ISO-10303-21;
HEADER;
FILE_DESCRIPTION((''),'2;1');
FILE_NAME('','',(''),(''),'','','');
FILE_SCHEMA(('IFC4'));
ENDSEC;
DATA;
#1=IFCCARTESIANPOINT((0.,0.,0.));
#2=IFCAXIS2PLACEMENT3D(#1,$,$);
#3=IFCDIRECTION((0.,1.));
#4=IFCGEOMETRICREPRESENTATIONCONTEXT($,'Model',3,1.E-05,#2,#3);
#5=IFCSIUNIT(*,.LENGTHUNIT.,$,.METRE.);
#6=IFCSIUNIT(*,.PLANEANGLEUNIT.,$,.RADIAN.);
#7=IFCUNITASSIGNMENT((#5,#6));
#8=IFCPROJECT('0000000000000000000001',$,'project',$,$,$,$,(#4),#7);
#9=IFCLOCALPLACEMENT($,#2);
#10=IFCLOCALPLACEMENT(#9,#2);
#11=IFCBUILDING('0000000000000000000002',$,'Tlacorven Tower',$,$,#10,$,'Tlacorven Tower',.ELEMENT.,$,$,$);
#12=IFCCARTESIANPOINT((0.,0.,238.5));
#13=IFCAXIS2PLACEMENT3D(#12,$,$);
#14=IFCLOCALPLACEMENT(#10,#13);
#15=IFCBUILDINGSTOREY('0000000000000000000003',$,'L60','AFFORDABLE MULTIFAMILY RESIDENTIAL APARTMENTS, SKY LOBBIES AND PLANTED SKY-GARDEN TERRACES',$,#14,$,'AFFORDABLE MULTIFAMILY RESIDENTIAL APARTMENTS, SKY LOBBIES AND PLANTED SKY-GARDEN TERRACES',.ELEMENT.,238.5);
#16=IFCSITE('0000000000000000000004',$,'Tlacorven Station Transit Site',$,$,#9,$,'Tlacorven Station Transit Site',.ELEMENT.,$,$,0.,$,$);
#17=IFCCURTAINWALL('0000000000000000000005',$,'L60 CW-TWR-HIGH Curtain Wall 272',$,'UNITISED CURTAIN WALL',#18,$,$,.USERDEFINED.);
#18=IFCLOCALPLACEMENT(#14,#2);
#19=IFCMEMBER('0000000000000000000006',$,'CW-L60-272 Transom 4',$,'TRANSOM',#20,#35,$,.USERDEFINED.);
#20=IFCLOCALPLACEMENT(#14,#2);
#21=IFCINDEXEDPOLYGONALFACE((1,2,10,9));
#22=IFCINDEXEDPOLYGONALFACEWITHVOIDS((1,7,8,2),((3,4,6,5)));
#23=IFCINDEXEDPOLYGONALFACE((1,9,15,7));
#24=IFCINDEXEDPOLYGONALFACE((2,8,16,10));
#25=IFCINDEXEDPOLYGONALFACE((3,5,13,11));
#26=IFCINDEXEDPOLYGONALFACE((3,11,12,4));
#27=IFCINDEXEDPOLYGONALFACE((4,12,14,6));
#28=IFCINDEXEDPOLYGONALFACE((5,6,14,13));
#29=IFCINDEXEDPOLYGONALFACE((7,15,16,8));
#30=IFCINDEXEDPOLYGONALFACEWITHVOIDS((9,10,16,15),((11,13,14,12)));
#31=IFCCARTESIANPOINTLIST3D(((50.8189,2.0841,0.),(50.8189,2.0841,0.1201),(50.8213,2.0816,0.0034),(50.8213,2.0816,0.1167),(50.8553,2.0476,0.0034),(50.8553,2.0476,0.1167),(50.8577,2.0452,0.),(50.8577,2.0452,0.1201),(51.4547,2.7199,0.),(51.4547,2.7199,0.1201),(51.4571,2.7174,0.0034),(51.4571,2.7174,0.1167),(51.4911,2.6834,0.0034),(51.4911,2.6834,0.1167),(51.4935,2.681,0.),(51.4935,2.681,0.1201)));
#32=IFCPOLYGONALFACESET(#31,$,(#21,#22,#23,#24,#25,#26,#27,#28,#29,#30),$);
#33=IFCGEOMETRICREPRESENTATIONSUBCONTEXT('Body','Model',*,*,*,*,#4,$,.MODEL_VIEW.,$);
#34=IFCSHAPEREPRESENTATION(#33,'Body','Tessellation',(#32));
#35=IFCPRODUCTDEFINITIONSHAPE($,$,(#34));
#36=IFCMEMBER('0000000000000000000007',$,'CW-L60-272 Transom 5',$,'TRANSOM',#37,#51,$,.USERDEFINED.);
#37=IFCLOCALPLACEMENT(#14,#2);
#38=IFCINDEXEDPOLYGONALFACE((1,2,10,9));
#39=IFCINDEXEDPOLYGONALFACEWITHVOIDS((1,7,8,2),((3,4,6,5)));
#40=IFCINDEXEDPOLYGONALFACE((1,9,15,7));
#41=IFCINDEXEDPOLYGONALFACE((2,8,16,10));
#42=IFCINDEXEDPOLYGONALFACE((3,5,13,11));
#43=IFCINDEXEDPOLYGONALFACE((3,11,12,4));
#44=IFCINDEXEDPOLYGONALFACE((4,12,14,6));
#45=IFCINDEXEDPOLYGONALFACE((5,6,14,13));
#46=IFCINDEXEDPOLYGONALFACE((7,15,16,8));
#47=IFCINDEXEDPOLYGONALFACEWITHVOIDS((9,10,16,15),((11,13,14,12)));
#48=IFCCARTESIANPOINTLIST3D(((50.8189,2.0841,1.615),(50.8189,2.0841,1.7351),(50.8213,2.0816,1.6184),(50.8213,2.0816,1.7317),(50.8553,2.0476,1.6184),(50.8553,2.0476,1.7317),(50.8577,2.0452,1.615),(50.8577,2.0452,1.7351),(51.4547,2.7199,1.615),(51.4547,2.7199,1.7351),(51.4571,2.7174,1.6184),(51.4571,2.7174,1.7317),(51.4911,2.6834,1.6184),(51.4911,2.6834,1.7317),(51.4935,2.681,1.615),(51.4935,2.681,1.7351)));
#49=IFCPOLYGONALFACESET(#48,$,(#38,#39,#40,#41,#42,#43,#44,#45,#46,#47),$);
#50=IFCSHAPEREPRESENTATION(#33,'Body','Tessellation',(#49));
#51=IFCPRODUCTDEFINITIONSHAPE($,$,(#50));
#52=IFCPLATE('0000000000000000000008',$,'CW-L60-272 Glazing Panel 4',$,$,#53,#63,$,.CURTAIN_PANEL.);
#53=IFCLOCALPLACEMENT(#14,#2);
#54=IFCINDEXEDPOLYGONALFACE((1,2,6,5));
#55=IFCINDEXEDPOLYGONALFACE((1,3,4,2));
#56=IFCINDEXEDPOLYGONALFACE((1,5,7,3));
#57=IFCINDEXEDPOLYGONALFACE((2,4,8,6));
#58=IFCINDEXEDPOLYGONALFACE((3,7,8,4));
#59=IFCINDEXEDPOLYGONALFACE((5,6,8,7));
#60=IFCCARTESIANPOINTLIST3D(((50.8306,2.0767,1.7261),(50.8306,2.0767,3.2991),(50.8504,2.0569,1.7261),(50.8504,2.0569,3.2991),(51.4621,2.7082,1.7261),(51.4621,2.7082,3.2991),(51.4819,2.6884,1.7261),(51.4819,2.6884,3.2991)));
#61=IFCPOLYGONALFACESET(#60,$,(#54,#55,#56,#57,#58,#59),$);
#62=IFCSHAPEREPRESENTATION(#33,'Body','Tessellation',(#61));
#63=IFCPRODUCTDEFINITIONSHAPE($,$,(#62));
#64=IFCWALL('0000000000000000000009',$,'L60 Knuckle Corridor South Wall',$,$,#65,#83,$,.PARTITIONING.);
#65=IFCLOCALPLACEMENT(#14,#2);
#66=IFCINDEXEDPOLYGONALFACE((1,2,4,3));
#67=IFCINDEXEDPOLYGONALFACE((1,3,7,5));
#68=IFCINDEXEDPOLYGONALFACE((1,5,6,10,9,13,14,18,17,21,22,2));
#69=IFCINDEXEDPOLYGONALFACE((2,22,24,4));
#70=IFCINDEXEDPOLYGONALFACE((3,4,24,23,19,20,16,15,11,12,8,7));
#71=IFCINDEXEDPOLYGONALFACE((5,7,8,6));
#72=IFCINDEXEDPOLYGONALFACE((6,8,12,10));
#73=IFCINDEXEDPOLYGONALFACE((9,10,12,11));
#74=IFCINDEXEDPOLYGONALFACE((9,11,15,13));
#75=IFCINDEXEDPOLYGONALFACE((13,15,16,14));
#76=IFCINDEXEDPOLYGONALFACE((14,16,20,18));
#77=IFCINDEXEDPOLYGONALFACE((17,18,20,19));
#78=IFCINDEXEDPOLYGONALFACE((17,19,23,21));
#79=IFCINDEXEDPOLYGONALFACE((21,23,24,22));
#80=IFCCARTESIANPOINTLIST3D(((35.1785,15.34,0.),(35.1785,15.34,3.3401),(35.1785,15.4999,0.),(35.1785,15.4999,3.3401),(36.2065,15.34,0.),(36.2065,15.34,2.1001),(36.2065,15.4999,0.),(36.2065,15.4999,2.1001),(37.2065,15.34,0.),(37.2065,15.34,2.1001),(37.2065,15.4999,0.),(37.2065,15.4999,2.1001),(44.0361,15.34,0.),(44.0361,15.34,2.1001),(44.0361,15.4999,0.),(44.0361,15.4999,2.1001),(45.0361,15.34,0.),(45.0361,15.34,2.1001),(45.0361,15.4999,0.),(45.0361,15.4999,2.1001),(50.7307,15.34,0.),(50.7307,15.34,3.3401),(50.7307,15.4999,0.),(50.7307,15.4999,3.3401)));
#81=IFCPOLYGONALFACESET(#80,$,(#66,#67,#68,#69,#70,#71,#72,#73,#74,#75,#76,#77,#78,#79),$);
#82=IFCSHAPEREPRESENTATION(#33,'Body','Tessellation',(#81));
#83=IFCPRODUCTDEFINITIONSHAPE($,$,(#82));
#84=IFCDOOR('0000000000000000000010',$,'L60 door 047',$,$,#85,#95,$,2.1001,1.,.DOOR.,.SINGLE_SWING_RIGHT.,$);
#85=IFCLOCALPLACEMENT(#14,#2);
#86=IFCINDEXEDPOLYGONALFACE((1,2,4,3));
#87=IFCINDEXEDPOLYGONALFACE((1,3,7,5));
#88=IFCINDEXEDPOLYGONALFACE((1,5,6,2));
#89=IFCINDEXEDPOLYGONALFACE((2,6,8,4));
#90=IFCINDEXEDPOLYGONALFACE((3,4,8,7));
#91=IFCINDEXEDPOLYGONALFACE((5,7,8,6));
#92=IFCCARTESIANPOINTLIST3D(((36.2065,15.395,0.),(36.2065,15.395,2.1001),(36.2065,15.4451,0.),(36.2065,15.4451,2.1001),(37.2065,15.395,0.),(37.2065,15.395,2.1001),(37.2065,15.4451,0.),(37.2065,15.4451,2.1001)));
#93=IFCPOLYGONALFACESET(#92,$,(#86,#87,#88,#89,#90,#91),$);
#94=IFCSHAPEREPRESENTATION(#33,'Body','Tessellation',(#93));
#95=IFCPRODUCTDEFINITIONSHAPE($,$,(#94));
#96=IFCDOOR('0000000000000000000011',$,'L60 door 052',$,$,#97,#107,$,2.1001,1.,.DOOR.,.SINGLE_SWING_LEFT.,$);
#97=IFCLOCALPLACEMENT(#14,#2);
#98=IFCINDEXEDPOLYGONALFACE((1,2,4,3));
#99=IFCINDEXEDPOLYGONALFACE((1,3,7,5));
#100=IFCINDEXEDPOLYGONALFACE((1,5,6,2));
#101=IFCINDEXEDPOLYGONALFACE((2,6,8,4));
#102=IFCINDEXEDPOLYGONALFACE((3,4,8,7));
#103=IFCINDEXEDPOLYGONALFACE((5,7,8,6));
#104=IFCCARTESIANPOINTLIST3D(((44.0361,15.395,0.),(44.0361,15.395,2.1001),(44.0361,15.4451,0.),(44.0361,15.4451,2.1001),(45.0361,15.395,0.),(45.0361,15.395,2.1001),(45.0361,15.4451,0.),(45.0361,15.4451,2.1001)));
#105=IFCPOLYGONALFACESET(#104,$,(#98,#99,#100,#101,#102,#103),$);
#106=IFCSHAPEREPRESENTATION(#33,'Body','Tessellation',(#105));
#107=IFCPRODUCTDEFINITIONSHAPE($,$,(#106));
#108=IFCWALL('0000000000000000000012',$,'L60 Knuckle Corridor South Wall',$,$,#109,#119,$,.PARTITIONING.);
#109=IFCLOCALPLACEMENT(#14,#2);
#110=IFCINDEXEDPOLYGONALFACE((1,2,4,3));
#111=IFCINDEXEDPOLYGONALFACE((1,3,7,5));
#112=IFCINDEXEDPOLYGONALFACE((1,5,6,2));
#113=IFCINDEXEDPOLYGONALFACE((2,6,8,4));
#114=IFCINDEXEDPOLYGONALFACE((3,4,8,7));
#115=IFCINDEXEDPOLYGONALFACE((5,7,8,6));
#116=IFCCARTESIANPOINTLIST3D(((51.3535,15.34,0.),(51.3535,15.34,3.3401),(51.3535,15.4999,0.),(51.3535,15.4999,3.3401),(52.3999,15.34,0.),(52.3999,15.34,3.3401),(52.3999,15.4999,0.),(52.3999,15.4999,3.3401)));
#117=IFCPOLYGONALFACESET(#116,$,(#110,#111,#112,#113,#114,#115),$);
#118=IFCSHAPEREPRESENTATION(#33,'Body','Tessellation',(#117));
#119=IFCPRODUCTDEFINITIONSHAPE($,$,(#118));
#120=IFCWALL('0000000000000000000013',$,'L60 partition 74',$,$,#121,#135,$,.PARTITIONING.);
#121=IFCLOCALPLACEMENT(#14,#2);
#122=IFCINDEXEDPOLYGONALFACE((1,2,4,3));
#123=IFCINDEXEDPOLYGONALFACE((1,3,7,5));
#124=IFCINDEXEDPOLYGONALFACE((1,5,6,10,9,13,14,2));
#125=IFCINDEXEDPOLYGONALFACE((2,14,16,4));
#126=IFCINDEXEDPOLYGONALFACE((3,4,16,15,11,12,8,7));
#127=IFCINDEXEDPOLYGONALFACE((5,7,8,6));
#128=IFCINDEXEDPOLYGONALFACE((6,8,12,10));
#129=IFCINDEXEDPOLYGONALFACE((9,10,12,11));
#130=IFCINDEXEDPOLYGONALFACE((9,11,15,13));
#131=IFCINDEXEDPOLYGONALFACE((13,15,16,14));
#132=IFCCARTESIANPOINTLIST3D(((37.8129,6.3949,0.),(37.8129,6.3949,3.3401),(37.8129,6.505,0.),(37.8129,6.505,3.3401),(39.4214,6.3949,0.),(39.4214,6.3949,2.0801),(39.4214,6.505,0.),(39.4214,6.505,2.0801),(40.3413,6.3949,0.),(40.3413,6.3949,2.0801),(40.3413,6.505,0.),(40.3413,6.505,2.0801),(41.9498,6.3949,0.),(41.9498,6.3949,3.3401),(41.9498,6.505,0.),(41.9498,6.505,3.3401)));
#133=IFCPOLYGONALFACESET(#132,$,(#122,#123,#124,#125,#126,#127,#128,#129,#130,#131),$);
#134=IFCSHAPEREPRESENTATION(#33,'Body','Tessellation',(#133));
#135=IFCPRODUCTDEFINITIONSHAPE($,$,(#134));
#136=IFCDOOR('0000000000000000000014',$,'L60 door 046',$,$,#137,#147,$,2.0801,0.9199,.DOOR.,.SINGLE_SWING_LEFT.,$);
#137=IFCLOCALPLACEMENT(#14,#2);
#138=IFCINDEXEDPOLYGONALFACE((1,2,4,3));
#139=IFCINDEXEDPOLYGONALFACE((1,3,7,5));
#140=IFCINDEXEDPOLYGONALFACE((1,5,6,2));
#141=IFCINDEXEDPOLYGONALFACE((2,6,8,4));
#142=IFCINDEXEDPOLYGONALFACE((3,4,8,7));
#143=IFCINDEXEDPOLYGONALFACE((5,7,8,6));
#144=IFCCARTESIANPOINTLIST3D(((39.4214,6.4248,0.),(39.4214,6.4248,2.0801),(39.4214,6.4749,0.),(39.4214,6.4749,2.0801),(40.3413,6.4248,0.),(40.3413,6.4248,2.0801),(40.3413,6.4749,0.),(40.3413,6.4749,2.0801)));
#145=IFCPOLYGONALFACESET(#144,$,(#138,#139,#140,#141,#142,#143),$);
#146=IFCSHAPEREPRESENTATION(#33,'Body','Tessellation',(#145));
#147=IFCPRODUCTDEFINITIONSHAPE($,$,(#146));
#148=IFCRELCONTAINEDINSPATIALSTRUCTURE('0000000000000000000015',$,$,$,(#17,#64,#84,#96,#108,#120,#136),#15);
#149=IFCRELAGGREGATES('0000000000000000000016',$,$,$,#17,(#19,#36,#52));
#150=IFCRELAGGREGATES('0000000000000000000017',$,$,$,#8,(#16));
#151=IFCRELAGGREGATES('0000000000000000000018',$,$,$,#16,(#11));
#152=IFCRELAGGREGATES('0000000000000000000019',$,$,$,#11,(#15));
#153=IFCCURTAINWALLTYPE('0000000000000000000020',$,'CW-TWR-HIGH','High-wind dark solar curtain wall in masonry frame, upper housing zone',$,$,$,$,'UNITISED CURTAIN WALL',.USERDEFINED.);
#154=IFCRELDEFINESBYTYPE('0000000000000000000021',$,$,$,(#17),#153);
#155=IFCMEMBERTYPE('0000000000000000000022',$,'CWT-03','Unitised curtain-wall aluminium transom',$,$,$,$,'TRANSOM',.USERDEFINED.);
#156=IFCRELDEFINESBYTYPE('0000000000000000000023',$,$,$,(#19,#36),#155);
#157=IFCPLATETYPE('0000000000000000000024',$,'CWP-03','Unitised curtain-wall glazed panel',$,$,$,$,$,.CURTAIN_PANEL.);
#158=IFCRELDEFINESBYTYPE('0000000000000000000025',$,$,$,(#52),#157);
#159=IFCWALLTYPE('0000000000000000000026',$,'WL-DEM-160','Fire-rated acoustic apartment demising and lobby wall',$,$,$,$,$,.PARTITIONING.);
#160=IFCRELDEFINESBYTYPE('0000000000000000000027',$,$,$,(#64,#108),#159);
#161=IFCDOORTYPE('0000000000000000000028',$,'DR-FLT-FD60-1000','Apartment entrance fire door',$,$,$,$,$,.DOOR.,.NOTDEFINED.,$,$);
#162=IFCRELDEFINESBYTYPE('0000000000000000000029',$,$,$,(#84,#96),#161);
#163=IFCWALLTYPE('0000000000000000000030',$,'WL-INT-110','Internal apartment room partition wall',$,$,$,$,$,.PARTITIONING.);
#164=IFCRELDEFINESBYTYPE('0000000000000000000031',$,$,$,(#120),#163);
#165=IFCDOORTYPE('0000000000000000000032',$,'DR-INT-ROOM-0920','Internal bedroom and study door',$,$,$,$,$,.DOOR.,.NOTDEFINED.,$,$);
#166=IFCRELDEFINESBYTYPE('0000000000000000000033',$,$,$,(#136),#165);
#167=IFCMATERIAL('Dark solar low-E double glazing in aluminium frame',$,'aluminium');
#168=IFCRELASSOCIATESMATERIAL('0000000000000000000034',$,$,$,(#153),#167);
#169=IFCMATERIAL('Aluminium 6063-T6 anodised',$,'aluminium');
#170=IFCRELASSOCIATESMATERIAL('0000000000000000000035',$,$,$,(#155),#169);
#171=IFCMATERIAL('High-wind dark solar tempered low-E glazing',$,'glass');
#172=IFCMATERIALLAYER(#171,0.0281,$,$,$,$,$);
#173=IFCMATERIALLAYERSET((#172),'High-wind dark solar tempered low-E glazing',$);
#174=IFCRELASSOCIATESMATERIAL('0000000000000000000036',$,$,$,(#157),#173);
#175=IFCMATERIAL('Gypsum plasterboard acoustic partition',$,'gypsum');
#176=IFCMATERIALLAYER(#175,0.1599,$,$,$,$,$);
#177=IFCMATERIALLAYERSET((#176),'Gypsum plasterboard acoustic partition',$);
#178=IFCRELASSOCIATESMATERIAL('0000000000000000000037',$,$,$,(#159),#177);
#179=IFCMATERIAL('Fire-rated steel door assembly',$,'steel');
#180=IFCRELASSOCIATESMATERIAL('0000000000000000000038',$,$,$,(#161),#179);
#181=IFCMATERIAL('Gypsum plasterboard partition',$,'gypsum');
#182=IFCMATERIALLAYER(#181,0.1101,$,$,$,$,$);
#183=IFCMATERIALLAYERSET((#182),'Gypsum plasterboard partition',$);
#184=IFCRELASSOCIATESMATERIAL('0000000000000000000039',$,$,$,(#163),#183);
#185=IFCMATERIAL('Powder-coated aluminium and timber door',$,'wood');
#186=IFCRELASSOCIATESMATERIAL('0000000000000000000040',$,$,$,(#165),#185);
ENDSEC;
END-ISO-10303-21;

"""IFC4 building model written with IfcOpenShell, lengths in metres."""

from ifc_helpers import new_model, si_unit, direction, frame, frame_2d, origin, origin_2d, place, context, subcontext, project, spatial, rectangle, hollow_rectangle, extrude, source, transform, mapped, material, layer, layer_set, material_profile, profile_set, type_object, element, fill, aggregate, save


model = new_model("IFC4")

# Units and contexts
model_context = context("Model", 3, precision=1e-05, world=origin(), true_north=direction((0.0, 1.0)))
body_context = subcontext(model_context, "Body", "Model", "MODEL_VIEW")
ifc_project = project(units=[si_unit("LENGTHUNIT", "METRE"), si_unit("PLANEANGLEUNIT", "RADIAN")], contexts=[model_context])

# Site, building, storey
site_placement = place(None, origin())
site = spatial("IfcSite", under=ifc_project, at=site_placement, Name="Tlacorven Station Transit Site", LongName="Tlacorven Station Transit Site", CompositionType="ELEMENT", RefElevation=0.0)
building_placement = place(site_placement, origin())
building = spatial("IfcBuilding", under=site, at=building_placement, Name="Tlacorven Tower", LongName="Tlacorven Tower", CompositionType="ELEMENT")
storey_placement = place(building_placement, frame((0.0, 0.0, 238.5)))
storey = spatial("IfcBuildingStorey", under=building, at=storey_placement, Name="L60", Description="AFFORDABLE MULTIFAMILY RESIDENTIAL APARTMENTS, SKY LOBBIES AND PLANTED SKY-GARDEN TERRACES", LongName="AFFORDABLE MULTIFAMILY RESIDENTIAL APARTMENTS, SKY LOBBIES AND PLANTED SKY-GARDEN TERRACES", CompositionType="ELEMENT", Elevation=238.5)

# Curtain wall, members, plate
ifc_material_1 = material(Name="Dark solar low-E double glazing in aluminium frame", Category="aluminium")
curtain_wall_type = type_object("IfcCurtainWallType", Name="CW-TWR-HIGH", Description="High-wind dark solar curtain wall in masonry frame, upper housing zone", ElementType="UNITISED CURTAIN WALL", PredefinedType="USERDEFINED", material=ifc_material_1)
curtain_wall_placement = place(storey_placement, origin())
curtain_wall = element("IfcCurtainWall", 1, at=curtain_wall_placement, inside=storey, type_object=curtain_wall_type, Name="L60 CW-TWR-HIGH Curtain Wall 272", ObjectType="UNITISED CURTAIN WALL", PredefinedType="USERDEFINED")
ifc_material_2 = material(Name="Aluminium 6063-T6 anodised", Category="aluminium")
ifc_material_profile = material_profile(ifc_material_2, hollow_rectangle(XDim=0.0549, YDim=0.1201, WallThickness=0.0034, at=origin_2d()), Name="ALU TRANSOM 55X120")
ifc_profile_set = profile_set([ifc_material_profile], Name="Aluminium 6063-T6 anodised")
member_type = type_object("IfcMemberType", Name="CWT-03", Description="Unitised curtain-wall aluminium transom", ElementType="TRANSOM", PredefinedType="USERDEFINED", material=ifc_profile_set)
shared_shape_1 = source(origin(), body_context, "Body", "SweptSolid", [
    extrude(hollow_rectangle(XDim=0.0549, YDim=0.1201, WallThickness=0.0034, at=origin_2d()), origin(), (0.0, 0.0, 1.0), 0.8992),
])
member_1_placement = place(storey_placement, frame((51.4741, 2.7004, 0.0601), z_axis=(-0.707107, -0.707107, 0.0), x_axis=(0.707107, -0.707107, 0.0)))
member_1 = element("IfcMember", 2, at=member_1_placement, type_object=member_type, Name="CW-L60-272 Transom 4", ObjectType="TRANSOM", PredefinedType="USERDEFINED", context=body_context, shape_type="MappedRepresentation", body=[
    mapped(shared_shape_1, transform((0.0, 0.0, 0.0), scale=1.0)),
])
member_2_placement = place(storey_placement, frame((51.4741, 2.7004, 1.675), z_axis=(-0.707107, -0.707107, 0.0), x_axis=(0.707107, -0.707107, 0.0)))
member_2 = element("IfcMember", 3, at=member_2_placement, type_object=member_type, Name="CW-L60-272 Transom 5", ObjectType="TRANSOM", PredefinedType="USERDEFINED", context=body_context, shape_type="MappedRepresentation", body=[
    mapped(shared_shape_1, transform((0.0, 0.0, 0.0), scale=1.0)),
])
ifc_material_3 = material(Name="High-wind dark solar tempered low-E glazing", Category="glass")
ifc_layer_1 = layer(ifc_material_3, 0.0281)
ifc_layer_set_1 = layer_set([ifc_layer_1], Name="High-wind dark solar tempered low-E glazing")
plate_type = type_object("IfcPlateType", Name="CWP-03", Description="Unitised curtain-wall glazed panel", PredefinedType="CURTAIN_PANEL", material=ifc_layer_set_1)
shared_shape_2 = source(origin(), body_context, "Body", "SweptSolid", [
    extrude(rectangle(XDim=0.8931, YDim=0.0281, at=origin_2d()), origin(), (0.0, 0.0, 1.0), 1.573),
])
plate_placement = place(storey_placement, frame((51.1562, 2.3826, 1.7261), z_axis=(0.0, 0.0, 1.0), x_axis=(-0.707107, -0.707107, 0.0)))
plate = element("IfcPlate", 4, at=plate_placement, type_object=plate_type, Name="CW-L60-272 Glazing Panel 4", PredefinedType="CURTAIN_PANEL", context=body_context, shape_type="MappedRepresentation", body=[
    mapped(shared_shape_2, transform((0.0, 0.0, 0.0), scale=1.0)),
])
aggregate(curtain_wall, [member_1, member_2, plate])

# Wall, openings, doors
ifc_material_4 = material(Name="Gypsum plasterboard acoustic partition", Category="gypsum")
ifc_layer_2 = layer(ifc_material_4, 0.1599)
ifc_layer_set_2 = layer_set([ifc_layer_2], Name="Gypsum plasterboard acoustic partition")
wall_type_1 = type_object("IfcWallType", Name="WL-DEM-160", Description="Fire-rated acoustic apartment demising and lobby wall", PredefinedType="PARTITIONING", material=ifc_layer_set_2)
wall_1_placement = place(storey_placement, frame((35.1785, 15.4199, 0.0), z_axis=(0.0, 0.0, 1.0), x_axis=(1.0, 0.0, 0.0)))
wall_1 = element("IfcWall", 5, at=wall_1_placement, inside=storey, type_object=wall_type_1, Name="L60 Knuckle Corridor South Wall", PredefinedType="PARTITIONING", context=body_context, shape_type="SweptSolid", body=[
    extrude(rectangle(XDim=15.5522, YDim=0.1599, at=frame_2d((7.7761, 0.0))), origin(), (0.0, 0.0, 1.0), 3.3401),
])
opening_1_placement = place(wall_1_placement, frame((1.0281, 0.0, 0.0)))
opening_1 = element("IfcOpeningElement", 6, at=opening_1_placement, cuts=wall_1, PredefinedType="OPENING", context=body_context, shape_type="SweptSolid", body=[
    extrude(rectangle(XDim=1.0, YDim=2.1001, at=frame_2d((0.5, 1.05))), frame((0.0, 0.0898, 0.0), z_axis=(0.0, -1.0, 0.0), x_axis=(1.0, 0.0, 0.0)), (0.0, 0.0, 1.0), 0.1799),
])
opening_2_placement = place(wall_1_placement, frame((8.8577, 0.0, 0.0)))
opening_2 = element("IfcOpeningElement", 7, at=opening_2_placement, cuts=wall_1, PredefinedType="OPENING", context=body_context, shape_type="SweptSolid", body=[
    extrude(rectangle(XDim=1.0, YDim=2.1001, at=frame_2d((0.5, 1.05))), frame((0.0, 0.0898, 0.0), z_axis=(0.0, -1.0, 0.0), x_axis=(1.0, 0.0, 0.0)), (0.0, 0.0, 1.0), 0.1799),
])
ifc_material_5 = material(Name="Fire-rated steel door assembly", Category="steel")
door_type_1 = type_object("IfcDoorType", Name="DR-FLT-FD60-1000", Description="Apartment entrance fire door", OperationType="NOTDEFINED", PredefinedType="DOOR", material=ifc_material_5)
shared_shape_3 = source(origin(), body_context, "Body", "SweptSolid", [
    extrude(rectangle(XDim=1.0, YDim=2.1001, at=frame_2d((0.5, 1.05))), frame((0.0, 0.0249, 0.0), z_axis=(0.0, -1.0, 0.0), x_axis=(1.0, 0.0, 0.0)), (0.0, 0.0, 1.0), 0.05),
])
door_1_placement = place(opening_1_placement, frame((1.0, 0.0, 0.0), z_axis=(0.0, 0.0, 1.0), x_axis=(-1.0, 0.0, 0.0)))
door_1 = element("IfcDoor", 8, at=door_1_placement, inside=storey, type_object=door_type_1, Name="L60 door 047", OperationType="SINGLE_SWING_RIGHT", OverallHeight=2.1001, OverallWidth=1.0, PredefinedType="DOOR", context=body_context, shape_type="MappedRepresentation", body=[
    mapped(shared_shape_3, transform((0.0, 0.0, 0.0), scale=1.0)),
])
fill(opening_1, door_1)
door_2_placement = place(opening_2_placement, frame((1.0, 0.0, 0.0), z_axis=(0.0, 0.0, 1.0), x_axis=(-1.0, 0.0, 0.0)))
door_2 = element("IfcDoor", 9, at=door_2_placement, inside=storey, type_object=door_type_1, Name="L60 door 052", OperationType="SINGLE_SWING_LEFT", OverallHeight=2.1001, OverallWidth=1.0, PredefinedType="DOOR", context=body_context, shape_type="MappedRepresentation", body=[
    mapped(shared_shape_3, transform((0.0, 0.0, 0.0), scale=1.0)),
])
fill(opening_2, door_2)

# Wall
wall_2_placement = place(storey_placement, frame((51.3535, 15.4199, 0.0), z_axis=(0.0, 0.0, 1.0), x_axis=(1.0, 0.0, 0.0)))
element("IfcWall", 10, at=wall_2_placement, inside=storey, type_object=wall_type_1, Name="L60 Knuckle Corridor South Wall", PredefinedType="PARTITIONING", context=body_context, shape_type="SweptSolid", body=[
    extrude(rectangle(XDim=1.0464, YDim=0.1599, at=frame_2d((0.5232, 0.0))), origin(), (0.0, 0.0, 1.0), 3.3401),
])

# Wall, opening, door
ifc_material_6 = material(Name="Gypsum plasterboard partition", Category="gypsum")
ifc_layer_3 = layer(ifc_material_6, 0.1101)
ifc_layer_set_3 = layer_set([ifc_layer_3], Name="Gypsum plasterboard partition")
wall_type_2 = type_object("IfcWallType", Name="WL-INT-110", Description="Internal apartment room partition wall", PredefinedType="PARTITIONING", material=ifc_layer_set_3)
wall_3_placement = place(storey_placement, frame((37.813, 6.45, 0.0), z_axis=(0.0, 0.0, 1.0), x_axis=(1.0, 0.0, 0.0)))
wall_3 = element("IfcWall", 11, at=wall_3_placement, inside=storey, type_object=wall_type_2, Name="L60 partition 74", PredefinedType="PARTITIONING", context=body_context, shape_type="SweptSolid", body=[
    extrude(rectangle(XDim=4.137, YDim=0.1101, at=frame_2d((2.0684, 0.0))), origin(), (0.0, 0.0, 1.0), 3.3401),
])
opening_3_placement = place(wall_3_placement, frame((1.6084, 0.0, 0.0)))
opening_3 = element("IfcOpeningElement", 12, at=opening_3_placement, cuts=wall_3, PredefinedType="OPENING", context=body_context, shape_type="SweptSolid", body=[
    extrude(rectangle(XDim=0.9199, YDim=2.0801, at=frame_2d((0.46, 1.04))), frame((0.0, 0.0649, 0.0), z_axis=(0.0, -1.0, 0.0), x_axis=(1.0, 0.0, 0.0)), (0.0, 0.0, 1.0), 0.1301),
])
ifc_material_7 = material(Name="Powder-coated aluminium and timber door", Category="wood")
door_type_2 = type_object("IfcDoorType", Name="DR-INT-ROOM-0920", Description="Internal bedroom and study door", OperationType="NOTDEFINED", PredefinedType="DOOR", material=ifc_material_7)
shared_shape_4 = source(origin(), body_context, "Body", "SweptSolid", [
    extrude(rectangle(XDim=0.9199, YDim=2.0801, at=frame_2d((0.46, 1.04))), frame((0.0, 0.0249, 0.0), z_axis=(0.0, -1.0, 0.0), x_axis=(1.0, 0.0, 0.0)), (0.0, 0.0, 1.0), 0.05),
])
door_3_placement = place(opening_3_placement, origin())
door_3 = element("IfcDoor", 13, at=door_3_placement, inside=storey, type_object=door_type_2, Name="L60 door 046", OperationType="SINGLE_SWING_LEFT", OverallHeight=2.0801, OverallWidth=0.9199, PredefinedType="DOOR", context=body_context, shape_type="MappedRepresentation", body=[
    mapped(shared_shape_4, transform((0.0, 0.0, 0.0), scale=1.0)),
])
fill(opening_3, door_3)

save(model, "model.ifc")
